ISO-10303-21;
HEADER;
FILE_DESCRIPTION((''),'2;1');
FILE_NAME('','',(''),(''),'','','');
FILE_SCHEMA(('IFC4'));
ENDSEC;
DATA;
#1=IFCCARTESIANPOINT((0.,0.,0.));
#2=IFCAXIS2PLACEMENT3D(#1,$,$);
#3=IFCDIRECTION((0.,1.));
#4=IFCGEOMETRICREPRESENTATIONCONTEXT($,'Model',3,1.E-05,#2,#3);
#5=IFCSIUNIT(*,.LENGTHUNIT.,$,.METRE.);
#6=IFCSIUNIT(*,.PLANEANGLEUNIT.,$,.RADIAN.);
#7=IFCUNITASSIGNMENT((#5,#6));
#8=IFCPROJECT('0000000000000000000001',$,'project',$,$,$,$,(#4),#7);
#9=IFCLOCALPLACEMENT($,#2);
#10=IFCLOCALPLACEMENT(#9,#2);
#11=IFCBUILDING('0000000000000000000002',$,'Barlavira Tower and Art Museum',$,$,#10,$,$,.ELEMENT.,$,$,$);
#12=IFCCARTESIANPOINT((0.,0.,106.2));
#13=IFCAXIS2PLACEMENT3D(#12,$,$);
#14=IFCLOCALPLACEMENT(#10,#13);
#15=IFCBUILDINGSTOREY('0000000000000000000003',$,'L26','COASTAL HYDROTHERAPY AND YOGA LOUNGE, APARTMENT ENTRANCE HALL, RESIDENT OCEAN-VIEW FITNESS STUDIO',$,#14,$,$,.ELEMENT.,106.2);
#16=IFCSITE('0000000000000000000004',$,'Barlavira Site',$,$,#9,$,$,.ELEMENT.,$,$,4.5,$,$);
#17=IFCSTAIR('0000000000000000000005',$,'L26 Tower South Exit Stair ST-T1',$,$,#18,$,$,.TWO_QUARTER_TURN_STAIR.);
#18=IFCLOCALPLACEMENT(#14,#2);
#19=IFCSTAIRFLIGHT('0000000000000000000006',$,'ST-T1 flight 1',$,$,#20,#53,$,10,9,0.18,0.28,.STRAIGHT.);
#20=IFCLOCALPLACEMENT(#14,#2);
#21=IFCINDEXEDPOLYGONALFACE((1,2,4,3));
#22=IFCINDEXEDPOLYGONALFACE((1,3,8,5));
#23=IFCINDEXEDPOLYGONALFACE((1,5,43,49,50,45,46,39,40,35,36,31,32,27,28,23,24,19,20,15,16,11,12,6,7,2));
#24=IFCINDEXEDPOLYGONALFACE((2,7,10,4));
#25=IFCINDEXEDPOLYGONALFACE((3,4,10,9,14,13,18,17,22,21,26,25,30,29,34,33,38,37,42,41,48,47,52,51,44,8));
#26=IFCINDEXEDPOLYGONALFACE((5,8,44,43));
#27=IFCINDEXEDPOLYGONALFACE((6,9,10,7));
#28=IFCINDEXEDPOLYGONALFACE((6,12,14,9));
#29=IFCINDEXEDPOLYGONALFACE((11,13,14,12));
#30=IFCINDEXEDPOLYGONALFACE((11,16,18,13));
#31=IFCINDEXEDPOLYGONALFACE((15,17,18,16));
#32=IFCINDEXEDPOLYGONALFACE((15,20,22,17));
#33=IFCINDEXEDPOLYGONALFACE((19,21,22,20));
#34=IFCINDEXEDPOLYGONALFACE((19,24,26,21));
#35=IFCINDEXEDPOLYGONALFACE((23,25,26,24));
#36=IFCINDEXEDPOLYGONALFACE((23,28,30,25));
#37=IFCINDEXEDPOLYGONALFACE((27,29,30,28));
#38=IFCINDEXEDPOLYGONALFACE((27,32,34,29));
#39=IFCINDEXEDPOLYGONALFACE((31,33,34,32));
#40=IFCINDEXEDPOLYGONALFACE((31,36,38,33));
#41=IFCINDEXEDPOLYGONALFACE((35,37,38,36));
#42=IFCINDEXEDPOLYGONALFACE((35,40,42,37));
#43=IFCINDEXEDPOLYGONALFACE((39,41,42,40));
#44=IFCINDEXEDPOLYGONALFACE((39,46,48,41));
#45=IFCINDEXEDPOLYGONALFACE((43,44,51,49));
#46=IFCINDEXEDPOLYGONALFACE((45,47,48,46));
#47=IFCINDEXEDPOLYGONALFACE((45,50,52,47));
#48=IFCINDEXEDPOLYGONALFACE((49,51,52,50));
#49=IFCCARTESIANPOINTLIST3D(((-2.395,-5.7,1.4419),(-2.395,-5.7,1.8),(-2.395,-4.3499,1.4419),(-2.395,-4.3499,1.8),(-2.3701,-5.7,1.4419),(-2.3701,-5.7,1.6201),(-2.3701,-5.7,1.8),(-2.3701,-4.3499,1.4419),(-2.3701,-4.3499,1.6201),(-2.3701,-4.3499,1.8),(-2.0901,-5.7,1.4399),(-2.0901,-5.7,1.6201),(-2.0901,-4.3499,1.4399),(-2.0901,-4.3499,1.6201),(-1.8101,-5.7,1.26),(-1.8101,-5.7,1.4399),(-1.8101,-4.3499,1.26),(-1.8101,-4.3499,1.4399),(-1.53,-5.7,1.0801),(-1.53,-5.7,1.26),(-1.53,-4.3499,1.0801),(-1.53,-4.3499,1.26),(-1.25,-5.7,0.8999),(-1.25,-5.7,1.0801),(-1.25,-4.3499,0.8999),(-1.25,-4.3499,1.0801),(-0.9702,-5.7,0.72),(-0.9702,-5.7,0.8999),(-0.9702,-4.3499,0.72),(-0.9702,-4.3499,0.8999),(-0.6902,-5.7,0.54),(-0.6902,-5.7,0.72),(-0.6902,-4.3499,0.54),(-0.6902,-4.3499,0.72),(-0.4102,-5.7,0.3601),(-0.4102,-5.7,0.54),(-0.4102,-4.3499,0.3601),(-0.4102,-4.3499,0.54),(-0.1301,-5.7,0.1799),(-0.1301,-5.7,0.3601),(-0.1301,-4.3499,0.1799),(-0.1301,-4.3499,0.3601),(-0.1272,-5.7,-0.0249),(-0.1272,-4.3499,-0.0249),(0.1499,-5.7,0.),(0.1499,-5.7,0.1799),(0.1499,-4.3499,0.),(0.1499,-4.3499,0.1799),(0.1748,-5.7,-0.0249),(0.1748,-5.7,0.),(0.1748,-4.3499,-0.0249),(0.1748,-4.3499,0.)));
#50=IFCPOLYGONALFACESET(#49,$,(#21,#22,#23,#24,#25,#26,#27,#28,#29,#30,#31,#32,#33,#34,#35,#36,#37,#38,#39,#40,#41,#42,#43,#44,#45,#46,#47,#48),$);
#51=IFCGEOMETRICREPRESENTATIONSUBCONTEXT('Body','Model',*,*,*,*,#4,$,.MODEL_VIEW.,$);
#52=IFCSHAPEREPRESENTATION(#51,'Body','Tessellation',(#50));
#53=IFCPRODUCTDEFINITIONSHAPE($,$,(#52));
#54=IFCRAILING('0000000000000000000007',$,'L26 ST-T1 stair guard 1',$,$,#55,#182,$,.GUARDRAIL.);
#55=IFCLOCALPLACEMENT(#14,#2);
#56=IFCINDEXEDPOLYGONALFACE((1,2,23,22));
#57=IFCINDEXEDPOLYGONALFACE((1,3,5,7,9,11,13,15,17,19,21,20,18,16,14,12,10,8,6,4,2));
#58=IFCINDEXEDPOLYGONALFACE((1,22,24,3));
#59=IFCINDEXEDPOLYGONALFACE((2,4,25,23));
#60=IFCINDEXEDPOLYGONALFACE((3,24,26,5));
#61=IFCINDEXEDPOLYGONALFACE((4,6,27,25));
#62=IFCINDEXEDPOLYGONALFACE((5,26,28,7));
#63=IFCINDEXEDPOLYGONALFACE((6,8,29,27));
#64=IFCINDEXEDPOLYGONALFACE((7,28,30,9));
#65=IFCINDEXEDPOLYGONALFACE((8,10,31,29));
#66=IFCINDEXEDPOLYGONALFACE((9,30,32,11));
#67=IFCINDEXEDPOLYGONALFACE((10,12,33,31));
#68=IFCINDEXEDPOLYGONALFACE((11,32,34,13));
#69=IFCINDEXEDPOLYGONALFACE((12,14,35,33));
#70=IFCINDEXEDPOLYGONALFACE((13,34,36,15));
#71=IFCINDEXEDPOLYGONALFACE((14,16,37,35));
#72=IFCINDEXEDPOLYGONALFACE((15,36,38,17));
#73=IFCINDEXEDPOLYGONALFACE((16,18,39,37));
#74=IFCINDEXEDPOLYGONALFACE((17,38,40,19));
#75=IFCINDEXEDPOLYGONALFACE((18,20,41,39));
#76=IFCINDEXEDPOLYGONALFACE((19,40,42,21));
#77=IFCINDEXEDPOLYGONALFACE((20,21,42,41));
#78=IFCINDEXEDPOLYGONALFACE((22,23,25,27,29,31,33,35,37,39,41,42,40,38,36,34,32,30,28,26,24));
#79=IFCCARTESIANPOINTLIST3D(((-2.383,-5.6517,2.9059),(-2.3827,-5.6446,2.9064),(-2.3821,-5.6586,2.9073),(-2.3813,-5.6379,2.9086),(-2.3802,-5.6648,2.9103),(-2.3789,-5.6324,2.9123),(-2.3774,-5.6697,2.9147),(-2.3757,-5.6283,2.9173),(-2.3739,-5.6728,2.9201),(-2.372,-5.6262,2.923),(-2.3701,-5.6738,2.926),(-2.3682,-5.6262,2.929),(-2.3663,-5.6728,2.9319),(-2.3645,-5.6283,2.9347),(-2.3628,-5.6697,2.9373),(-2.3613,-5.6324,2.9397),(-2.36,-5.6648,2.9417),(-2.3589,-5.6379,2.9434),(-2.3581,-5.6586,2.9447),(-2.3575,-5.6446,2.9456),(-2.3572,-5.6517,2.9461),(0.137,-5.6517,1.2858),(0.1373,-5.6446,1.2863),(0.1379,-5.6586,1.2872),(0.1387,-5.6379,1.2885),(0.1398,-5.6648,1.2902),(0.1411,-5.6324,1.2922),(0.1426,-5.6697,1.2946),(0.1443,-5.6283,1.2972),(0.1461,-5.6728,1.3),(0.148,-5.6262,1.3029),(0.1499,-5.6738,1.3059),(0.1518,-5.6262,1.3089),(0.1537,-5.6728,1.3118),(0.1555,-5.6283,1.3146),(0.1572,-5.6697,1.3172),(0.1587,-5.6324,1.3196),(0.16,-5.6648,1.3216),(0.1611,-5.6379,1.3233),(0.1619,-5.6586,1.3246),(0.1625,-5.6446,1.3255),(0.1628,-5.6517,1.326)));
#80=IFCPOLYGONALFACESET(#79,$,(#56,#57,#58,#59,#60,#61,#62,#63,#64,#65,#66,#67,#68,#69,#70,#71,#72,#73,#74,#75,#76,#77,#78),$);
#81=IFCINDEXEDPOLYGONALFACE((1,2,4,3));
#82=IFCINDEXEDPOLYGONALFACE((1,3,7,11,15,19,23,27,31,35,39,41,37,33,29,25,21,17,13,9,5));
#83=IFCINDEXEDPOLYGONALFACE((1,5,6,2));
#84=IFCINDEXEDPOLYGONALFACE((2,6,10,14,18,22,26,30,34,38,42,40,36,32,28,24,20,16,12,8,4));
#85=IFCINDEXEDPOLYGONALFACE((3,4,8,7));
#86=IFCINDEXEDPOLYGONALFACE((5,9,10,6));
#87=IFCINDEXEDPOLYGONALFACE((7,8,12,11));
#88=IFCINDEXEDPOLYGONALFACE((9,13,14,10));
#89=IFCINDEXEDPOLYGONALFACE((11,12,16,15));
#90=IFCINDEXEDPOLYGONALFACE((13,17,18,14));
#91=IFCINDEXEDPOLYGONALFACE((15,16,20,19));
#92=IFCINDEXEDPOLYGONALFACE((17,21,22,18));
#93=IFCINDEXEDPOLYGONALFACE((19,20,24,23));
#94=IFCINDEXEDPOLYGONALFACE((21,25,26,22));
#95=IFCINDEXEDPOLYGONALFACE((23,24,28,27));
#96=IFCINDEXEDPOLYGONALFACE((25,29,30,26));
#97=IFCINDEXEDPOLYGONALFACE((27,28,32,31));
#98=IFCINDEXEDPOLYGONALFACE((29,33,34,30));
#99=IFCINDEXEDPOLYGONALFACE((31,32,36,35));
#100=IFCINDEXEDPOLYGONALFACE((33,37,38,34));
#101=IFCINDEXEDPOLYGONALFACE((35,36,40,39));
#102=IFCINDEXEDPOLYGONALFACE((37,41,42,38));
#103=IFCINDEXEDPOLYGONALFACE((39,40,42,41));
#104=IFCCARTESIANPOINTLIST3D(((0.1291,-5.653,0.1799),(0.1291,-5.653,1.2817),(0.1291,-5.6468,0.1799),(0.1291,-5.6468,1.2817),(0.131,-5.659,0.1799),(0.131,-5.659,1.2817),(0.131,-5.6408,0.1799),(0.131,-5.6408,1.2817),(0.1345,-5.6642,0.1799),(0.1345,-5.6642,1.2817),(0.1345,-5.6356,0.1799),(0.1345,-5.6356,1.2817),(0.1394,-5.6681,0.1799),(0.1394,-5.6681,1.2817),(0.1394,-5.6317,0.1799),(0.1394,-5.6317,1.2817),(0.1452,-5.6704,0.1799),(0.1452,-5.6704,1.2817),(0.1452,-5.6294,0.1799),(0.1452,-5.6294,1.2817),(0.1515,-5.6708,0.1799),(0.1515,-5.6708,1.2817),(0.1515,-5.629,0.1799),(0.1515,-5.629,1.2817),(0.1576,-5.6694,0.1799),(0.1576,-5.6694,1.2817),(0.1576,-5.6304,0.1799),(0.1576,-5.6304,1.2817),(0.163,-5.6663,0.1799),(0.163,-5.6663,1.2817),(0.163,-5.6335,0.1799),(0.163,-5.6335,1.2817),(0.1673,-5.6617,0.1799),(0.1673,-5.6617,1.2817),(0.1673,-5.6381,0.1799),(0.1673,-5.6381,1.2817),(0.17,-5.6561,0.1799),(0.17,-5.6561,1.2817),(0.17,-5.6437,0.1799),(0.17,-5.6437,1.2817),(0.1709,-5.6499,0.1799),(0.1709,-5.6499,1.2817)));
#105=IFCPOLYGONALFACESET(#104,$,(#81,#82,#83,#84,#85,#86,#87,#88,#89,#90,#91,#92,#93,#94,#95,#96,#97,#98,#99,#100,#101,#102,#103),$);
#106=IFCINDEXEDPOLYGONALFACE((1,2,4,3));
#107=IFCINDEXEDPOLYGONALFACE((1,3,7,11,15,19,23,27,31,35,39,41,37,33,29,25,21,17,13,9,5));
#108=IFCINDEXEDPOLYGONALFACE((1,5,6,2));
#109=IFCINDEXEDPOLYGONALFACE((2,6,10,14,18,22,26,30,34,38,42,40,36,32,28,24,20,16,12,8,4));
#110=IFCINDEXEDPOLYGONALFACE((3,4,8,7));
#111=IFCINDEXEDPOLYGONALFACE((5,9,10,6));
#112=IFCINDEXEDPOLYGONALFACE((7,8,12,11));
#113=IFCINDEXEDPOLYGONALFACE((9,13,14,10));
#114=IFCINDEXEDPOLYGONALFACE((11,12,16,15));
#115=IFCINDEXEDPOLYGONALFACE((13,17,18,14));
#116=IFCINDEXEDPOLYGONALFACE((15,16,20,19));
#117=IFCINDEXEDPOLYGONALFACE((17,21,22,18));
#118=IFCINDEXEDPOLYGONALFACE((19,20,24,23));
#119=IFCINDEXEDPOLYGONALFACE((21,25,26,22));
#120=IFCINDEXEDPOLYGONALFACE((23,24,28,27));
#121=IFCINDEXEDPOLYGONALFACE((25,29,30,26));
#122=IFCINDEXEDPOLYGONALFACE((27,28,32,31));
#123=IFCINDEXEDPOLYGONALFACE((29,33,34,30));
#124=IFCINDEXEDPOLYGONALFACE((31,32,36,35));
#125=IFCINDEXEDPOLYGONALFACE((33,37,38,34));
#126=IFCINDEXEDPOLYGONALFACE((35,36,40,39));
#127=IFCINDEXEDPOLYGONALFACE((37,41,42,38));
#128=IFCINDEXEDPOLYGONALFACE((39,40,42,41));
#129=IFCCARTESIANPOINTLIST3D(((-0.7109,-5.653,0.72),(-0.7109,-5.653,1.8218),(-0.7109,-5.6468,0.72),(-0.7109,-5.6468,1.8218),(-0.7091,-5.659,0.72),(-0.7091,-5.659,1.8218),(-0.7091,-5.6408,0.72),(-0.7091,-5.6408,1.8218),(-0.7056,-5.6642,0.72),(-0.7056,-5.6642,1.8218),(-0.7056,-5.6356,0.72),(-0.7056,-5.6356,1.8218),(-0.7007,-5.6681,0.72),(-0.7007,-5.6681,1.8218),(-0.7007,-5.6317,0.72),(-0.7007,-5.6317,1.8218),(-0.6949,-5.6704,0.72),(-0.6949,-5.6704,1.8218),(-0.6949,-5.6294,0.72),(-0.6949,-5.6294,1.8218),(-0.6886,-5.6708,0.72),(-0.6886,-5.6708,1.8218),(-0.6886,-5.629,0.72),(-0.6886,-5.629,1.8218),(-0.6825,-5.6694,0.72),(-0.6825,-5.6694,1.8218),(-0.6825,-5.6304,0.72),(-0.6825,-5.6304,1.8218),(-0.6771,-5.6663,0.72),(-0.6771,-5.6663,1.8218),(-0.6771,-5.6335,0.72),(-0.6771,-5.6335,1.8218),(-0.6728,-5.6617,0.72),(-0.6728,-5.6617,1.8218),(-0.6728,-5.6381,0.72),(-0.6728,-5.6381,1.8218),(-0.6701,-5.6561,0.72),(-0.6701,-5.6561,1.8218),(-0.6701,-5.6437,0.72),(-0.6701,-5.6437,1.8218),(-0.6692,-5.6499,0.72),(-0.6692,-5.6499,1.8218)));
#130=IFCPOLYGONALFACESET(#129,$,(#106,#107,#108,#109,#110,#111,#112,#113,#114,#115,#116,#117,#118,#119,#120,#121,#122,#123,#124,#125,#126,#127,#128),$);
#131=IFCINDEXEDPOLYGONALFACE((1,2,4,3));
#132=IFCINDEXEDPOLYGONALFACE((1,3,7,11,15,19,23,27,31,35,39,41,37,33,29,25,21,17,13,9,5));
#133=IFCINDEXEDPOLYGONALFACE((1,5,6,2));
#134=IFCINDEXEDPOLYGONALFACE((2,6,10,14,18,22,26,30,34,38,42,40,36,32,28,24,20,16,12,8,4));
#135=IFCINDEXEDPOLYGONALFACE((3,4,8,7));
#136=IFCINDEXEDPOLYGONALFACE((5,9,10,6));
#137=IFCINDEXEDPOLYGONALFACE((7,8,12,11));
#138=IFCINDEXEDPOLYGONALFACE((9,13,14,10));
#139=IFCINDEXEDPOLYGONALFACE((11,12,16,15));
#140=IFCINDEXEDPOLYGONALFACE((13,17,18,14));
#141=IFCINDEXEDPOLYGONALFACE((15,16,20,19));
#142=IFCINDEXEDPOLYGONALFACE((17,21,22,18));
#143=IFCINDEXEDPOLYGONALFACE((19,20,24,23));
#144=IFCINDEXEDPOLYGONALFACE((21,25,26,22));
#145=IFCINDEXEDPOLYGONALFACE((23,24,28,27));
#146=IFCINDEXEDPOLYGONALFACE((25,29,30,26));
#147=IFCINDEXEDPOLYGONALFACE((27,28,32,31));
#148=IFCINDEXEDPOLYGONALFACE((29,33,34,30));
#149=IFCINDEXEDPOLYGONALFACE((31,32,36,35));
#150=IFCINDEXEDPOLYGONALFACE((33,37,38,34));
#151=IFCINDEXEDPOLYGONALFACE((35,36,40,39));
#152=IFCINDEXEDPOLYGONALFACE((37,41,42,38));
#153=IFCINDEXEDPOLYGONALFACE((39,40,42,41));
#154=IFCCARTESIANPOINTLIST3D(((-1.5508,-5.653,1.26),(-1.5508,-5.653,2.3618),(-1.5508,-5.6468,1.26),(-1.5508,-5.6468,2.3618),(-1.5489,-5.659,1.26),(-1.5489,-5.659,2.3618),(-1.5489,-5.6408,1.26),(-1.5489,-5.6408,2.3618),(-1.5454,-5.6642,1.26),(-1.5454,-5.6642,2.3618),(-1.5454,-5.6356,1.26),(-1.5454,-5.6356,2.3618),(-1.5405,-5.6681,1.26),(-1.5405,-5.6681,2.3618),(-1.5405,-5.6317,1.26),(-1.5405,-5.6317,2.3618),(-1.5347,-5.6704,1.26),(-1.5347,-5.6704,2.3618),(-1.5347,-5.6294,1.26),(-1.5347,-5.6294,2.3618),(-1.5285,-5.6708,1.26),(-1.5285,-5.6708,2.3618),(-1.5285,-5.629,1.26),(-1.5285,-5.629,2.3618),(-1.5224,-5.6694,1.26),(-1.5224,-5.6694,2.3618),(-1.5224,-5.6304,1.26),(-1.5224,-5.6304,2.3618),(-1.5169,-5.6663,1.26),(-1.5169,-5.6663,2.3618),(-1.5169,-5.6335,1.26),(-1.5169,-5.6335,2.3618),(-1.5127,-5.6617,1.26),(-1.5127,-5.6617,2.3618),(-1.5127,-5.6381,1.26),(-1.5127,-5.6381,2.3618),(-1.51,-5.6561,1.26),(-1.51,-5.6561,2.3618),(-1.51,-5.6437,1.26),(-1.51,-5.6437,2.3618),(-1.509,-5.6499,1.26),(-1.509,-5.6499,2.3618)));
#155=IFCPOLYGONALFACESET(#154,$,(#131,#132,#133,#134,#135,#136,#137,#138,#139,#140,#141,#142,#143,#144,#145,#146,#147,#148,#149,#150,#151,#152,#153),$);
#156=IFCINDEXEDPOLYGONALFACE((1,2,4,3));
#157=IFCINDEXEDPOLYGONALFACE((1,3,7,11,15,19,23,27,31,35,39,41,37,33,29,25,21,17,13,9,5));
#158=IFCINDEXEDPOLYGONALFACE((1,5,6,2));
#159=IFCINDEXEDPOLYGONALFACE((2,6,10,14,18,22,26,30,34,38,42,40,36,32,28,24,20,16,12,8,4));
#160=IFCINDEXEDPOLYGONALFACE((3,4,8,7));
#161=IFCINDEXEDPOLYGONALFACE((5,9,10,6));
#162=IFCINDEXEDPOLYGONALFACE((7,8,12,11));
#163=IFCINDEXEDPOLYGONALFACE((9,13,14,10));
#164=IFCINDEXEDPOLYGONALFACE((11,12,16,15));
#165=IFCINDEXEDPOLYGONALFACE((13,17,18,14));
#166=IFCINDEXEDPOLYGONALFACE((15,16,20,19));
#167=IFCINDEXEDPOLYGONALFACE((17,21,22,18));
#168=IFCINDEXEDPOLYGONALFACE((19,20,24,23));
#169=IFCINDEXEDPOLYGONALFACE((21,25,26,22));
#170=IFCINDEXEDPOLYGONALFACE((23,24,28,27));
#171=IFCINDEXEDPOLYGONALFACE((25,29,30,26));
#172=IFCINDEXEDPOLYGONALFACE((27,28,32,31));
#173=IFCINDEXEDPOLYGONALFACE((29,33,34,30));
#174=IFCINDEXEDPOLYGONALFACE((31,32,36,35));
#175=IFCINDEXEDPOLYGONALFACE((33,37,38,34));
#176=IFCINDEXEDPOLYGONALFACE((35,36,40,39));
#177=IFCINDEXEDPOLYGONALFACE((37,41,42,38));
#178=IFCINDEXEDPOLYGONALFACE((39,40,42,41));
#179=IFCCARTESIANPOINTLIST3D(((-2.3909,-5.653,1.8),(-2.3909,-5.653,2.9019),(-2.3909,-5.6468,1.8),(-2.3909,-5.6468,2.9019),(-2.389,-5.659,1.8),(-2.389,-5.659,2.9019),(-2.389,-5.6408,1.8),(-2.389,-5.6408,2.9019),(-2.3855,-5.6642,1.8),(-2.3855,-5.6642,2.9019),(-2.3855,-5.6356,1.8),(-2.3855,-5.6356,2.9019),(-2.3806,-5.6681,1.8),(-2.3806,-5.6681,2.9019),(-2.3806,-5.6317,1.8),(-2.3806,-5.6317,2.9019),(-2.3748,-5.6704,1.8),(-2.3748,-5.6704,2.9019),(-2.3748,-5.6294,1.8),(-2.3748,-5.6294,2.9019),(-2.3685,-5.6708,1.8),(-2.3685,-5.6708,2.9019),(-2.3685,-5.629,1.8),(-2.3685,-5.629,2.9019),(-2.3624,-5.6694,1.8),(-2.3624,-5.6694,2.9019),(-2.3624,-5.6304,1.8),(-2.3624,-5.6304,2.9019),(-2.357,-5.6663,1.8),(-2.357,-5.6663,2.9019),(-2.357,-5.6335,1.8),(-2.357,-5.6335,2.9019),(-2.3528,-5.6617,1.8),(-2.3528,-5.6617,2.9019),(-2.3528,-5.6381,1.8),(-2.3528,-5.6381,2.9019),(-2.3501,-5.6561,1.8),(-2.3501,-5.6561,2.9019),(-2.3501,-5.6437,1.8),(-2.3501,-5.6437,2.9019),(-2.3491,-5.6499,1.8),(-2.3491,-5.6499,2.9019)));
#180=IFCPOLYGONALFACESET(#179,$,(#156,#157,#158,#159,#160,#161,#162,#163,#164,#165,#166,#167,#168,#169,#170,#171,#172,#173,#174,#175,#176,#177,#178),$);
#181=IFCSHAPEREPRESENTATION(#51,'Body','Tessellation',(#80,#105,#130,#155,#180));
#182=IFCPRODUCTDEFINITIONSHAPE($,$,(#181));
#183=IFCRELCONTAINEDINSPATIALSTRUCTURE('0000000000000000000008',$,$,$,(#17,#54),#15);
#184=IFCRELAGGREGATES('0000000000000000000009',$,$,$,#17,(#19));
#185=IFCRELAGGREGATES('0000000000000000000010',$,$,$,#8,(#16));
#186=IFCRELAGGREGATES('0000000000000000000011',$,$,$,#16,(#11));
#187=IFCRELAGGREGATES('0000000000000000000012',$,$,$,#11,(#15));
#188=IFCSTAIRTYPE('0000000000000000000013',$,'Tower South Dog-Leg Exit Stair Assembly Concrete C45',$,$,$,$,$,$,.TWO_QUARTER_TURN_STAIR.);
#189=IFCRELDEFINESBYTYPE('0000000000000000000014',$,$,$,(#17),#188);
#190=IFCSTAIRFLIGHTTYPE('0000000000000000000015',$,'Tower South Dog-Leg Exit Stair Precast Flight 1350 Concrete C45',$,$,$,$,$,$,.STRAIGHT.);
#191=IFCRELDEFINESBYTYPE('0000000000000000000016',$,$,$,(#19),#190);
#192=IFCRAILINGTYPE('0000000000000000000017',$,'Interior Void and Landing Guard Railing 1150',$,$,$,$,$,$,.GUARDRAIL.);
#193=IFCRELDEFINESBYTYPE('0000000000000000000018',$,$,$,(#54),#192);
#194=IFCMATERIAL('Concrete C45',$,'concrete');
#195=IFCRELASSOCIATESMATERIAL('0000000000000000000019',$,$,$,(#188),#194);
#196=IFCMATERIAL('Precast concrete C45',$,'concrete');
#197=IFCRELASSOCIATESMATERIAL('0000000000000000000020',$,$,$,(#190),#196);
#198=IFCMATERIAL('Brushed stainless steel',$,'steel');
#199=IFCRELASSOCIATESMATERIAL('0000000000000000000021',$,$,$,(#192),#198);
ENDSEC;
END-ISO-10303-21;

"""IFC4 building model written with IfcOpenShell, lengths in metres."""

from ifc_helpers import new_model, si_unit, direction, frame, origin, origin_2d, place, context, subcontext, project, spatial, polyline, circle, outline, extrude, material, type_object, element, aggregate, save


model = new_model("IFC4")

# Units and contexts
model_context = context("Model", 3, precision=1e-05, world=origin(), true_north=direction((0.0, 1.0)))
body_context = subcontext(model_context, "Body", "Model", "MODEL_VIEW")
ifc_project = project(units=[si_unit("LENGTHUNIT", "METRE"), si_unit("PLANEANGLEUNIT", "RADIAN")], contexts=[model_context])

# Site, building, storey
site_placement = place(None, origin())
site = spatial("IfcSite", under=ifc_project, at=site_placement, Name="Barlavira Site", CompositionType="ELEMENT", RefElevation=4.5)
building_placement = place(site_placement, origin())
building = spatial("IfcBuilding", under=site, at=building_placement, Name="Barlavira Tower and Art Museum", CompositionType="ELEMENT")
storey_placement = place(building_placement, frame((0.0, 0.0, 106.2)))
storey = spatial("IfcBuildingStorey", under=building, at=storey_placement, Name="L26", Description="COASTAL HYDROTHERAPY AND YOGA LOUNGE, APARTMENT ENTRANCE HALL, RESIDENT OCEAN-VIEW FITNESS STUDIO", CompositionType="ELEMENT", Elevation=106.2)

# Shared definitions
ifc_material_1 = material(Name="Brushed stainless steel", Category="steel")

# Stair, stair flight
ifc_material_2 = material(Name="Concrete C45", Category="concrete")
stair_type = type_object("IfcStairType", Name="Tower South Dog-Leg Exit Stair Assembly Concrete C45", PredefinedType="TWO_QUARTER_TURN_STAIR", material=ifc_material_2)
stair_placement = place(storey_placement, origin())
stair = element("IfcStair", 1, at=stair_placement, inside=storey, type_object=stair_type, Name="L26 Tower South Exit Stair ST-T1", PredefinedType="TWO_QUARTER_TURN_STAIR")
ifc_material_3 = material(Name="Precast concrete C45", Category="concrete")
stair_flight_type = type_object("IfcStairFlightType", Name="Tower South Dog-Leg Exit Stair Precast Flight 1350 Concrete C45", PredefinedType="STRAIGHT", material=ifc_material_3)
stair_flight_placement = place(storey_placement, frame((0.1499, -5.0249, 0.0), z_axis=(0.0, 0.0, 1.0), x_axis=(-1.0, 0.0, 0.0)))
stair_flight = element("IfcStairFlight", 2, at=stair_flight_placement, type_object=stair_flight_type, Name="ST-T1 flight 1", NumberOfRisers=10, NumberOfTreads=9, PredefinedType="STRAIGHT", RiserHeight=0.18, TreadLength=0.28, context=body_context, shape_type="SweptSolid", body=[
    extrude(outline(polyline([(-0.0249, 0.0), (0.0, 0.0), (0.0, 0.1799), (0.28, 0.1799), (0.28, 0.3601), (0.5601, 0.3601), (0.5601, 0.54), (0.8401, 0.54), (0.8401, 0.72), (1.1201, 0.72), (1.1201, 0.8999), (1.3999, 0.8999), (1.3999, 1.0801), (1.6799, 1.0801), (1.6799, 1.26), (1.96, 1.26), (1.96, 1.4399), (2.24, 1.4399), (2.24, 1.6201), (2.52, 1.6201), (2.52, 1.8), (2.5449, 1.8), (2.5449, 1.4419), (2.52, 1.4419), (0.2771, -0.0249), (-0.0249, -0.0249), (-0.0249, 0.0)])), frame((0.0, 0.675, 0.0), z_axis=(0.0, -1.0, 0.0), x_axis=(1.0, 0.0, 0.0)), (0.0, 0.0, 1.0), 1.3501),
])
aggregate(stair, [stair_flight])

# Railing
railing_type_1 = type_object("IfcRailingType", Name="Interior Void and Landing Guard Railing 1150", PredefinedType="GUARDRAIL", material=ifc_material_1)
railing_1_placement = place(storey_placement, frame((0.1499, -5.6499, 0.1799)))
element("IfcRailing", 3, at=railing_1_placement, inside=storey, type_object=railing_type_1, Name="L26 ST-T1 stair guard 1", PredefinedType="GUARDRAIL", context=body_context, shape_type="SweptSolid", body=[
    extrude(circle(Radius=0.0239, at=origin_2d()), frame((0.0, 0.0, 1.126), z_axis=(-0.841163, 0.0, 0.540782), x_axis=(0.0, -1.0, 0.0)), (0.0, 0.0, 1.0), 2.9958),
    extrude(circle(Radius=0.021, at=origin_2d()), origin(), (0.0, 0.0, 1.0), 1.1018),
    extrude(circle(Radius=0.021, at=origin_2d()), frame((-0.8401, 0.0, 0.54)), (0.0, 0.0, 1.0), 1.1018),
    extrude(circle(Radius=0.021, at=origin_2d()), frame((-1.6799, 0.0, 1.0801)), (0.0, 0.0, 1.0), 1.1018),
    extrude(circle(Radius=0.021, at=origin_2d()), frame((-2.52, 0.0, 1.6201)), (0.0, 0.0, 1.0), 1.1018),
])

save(model, "model.ifc")
